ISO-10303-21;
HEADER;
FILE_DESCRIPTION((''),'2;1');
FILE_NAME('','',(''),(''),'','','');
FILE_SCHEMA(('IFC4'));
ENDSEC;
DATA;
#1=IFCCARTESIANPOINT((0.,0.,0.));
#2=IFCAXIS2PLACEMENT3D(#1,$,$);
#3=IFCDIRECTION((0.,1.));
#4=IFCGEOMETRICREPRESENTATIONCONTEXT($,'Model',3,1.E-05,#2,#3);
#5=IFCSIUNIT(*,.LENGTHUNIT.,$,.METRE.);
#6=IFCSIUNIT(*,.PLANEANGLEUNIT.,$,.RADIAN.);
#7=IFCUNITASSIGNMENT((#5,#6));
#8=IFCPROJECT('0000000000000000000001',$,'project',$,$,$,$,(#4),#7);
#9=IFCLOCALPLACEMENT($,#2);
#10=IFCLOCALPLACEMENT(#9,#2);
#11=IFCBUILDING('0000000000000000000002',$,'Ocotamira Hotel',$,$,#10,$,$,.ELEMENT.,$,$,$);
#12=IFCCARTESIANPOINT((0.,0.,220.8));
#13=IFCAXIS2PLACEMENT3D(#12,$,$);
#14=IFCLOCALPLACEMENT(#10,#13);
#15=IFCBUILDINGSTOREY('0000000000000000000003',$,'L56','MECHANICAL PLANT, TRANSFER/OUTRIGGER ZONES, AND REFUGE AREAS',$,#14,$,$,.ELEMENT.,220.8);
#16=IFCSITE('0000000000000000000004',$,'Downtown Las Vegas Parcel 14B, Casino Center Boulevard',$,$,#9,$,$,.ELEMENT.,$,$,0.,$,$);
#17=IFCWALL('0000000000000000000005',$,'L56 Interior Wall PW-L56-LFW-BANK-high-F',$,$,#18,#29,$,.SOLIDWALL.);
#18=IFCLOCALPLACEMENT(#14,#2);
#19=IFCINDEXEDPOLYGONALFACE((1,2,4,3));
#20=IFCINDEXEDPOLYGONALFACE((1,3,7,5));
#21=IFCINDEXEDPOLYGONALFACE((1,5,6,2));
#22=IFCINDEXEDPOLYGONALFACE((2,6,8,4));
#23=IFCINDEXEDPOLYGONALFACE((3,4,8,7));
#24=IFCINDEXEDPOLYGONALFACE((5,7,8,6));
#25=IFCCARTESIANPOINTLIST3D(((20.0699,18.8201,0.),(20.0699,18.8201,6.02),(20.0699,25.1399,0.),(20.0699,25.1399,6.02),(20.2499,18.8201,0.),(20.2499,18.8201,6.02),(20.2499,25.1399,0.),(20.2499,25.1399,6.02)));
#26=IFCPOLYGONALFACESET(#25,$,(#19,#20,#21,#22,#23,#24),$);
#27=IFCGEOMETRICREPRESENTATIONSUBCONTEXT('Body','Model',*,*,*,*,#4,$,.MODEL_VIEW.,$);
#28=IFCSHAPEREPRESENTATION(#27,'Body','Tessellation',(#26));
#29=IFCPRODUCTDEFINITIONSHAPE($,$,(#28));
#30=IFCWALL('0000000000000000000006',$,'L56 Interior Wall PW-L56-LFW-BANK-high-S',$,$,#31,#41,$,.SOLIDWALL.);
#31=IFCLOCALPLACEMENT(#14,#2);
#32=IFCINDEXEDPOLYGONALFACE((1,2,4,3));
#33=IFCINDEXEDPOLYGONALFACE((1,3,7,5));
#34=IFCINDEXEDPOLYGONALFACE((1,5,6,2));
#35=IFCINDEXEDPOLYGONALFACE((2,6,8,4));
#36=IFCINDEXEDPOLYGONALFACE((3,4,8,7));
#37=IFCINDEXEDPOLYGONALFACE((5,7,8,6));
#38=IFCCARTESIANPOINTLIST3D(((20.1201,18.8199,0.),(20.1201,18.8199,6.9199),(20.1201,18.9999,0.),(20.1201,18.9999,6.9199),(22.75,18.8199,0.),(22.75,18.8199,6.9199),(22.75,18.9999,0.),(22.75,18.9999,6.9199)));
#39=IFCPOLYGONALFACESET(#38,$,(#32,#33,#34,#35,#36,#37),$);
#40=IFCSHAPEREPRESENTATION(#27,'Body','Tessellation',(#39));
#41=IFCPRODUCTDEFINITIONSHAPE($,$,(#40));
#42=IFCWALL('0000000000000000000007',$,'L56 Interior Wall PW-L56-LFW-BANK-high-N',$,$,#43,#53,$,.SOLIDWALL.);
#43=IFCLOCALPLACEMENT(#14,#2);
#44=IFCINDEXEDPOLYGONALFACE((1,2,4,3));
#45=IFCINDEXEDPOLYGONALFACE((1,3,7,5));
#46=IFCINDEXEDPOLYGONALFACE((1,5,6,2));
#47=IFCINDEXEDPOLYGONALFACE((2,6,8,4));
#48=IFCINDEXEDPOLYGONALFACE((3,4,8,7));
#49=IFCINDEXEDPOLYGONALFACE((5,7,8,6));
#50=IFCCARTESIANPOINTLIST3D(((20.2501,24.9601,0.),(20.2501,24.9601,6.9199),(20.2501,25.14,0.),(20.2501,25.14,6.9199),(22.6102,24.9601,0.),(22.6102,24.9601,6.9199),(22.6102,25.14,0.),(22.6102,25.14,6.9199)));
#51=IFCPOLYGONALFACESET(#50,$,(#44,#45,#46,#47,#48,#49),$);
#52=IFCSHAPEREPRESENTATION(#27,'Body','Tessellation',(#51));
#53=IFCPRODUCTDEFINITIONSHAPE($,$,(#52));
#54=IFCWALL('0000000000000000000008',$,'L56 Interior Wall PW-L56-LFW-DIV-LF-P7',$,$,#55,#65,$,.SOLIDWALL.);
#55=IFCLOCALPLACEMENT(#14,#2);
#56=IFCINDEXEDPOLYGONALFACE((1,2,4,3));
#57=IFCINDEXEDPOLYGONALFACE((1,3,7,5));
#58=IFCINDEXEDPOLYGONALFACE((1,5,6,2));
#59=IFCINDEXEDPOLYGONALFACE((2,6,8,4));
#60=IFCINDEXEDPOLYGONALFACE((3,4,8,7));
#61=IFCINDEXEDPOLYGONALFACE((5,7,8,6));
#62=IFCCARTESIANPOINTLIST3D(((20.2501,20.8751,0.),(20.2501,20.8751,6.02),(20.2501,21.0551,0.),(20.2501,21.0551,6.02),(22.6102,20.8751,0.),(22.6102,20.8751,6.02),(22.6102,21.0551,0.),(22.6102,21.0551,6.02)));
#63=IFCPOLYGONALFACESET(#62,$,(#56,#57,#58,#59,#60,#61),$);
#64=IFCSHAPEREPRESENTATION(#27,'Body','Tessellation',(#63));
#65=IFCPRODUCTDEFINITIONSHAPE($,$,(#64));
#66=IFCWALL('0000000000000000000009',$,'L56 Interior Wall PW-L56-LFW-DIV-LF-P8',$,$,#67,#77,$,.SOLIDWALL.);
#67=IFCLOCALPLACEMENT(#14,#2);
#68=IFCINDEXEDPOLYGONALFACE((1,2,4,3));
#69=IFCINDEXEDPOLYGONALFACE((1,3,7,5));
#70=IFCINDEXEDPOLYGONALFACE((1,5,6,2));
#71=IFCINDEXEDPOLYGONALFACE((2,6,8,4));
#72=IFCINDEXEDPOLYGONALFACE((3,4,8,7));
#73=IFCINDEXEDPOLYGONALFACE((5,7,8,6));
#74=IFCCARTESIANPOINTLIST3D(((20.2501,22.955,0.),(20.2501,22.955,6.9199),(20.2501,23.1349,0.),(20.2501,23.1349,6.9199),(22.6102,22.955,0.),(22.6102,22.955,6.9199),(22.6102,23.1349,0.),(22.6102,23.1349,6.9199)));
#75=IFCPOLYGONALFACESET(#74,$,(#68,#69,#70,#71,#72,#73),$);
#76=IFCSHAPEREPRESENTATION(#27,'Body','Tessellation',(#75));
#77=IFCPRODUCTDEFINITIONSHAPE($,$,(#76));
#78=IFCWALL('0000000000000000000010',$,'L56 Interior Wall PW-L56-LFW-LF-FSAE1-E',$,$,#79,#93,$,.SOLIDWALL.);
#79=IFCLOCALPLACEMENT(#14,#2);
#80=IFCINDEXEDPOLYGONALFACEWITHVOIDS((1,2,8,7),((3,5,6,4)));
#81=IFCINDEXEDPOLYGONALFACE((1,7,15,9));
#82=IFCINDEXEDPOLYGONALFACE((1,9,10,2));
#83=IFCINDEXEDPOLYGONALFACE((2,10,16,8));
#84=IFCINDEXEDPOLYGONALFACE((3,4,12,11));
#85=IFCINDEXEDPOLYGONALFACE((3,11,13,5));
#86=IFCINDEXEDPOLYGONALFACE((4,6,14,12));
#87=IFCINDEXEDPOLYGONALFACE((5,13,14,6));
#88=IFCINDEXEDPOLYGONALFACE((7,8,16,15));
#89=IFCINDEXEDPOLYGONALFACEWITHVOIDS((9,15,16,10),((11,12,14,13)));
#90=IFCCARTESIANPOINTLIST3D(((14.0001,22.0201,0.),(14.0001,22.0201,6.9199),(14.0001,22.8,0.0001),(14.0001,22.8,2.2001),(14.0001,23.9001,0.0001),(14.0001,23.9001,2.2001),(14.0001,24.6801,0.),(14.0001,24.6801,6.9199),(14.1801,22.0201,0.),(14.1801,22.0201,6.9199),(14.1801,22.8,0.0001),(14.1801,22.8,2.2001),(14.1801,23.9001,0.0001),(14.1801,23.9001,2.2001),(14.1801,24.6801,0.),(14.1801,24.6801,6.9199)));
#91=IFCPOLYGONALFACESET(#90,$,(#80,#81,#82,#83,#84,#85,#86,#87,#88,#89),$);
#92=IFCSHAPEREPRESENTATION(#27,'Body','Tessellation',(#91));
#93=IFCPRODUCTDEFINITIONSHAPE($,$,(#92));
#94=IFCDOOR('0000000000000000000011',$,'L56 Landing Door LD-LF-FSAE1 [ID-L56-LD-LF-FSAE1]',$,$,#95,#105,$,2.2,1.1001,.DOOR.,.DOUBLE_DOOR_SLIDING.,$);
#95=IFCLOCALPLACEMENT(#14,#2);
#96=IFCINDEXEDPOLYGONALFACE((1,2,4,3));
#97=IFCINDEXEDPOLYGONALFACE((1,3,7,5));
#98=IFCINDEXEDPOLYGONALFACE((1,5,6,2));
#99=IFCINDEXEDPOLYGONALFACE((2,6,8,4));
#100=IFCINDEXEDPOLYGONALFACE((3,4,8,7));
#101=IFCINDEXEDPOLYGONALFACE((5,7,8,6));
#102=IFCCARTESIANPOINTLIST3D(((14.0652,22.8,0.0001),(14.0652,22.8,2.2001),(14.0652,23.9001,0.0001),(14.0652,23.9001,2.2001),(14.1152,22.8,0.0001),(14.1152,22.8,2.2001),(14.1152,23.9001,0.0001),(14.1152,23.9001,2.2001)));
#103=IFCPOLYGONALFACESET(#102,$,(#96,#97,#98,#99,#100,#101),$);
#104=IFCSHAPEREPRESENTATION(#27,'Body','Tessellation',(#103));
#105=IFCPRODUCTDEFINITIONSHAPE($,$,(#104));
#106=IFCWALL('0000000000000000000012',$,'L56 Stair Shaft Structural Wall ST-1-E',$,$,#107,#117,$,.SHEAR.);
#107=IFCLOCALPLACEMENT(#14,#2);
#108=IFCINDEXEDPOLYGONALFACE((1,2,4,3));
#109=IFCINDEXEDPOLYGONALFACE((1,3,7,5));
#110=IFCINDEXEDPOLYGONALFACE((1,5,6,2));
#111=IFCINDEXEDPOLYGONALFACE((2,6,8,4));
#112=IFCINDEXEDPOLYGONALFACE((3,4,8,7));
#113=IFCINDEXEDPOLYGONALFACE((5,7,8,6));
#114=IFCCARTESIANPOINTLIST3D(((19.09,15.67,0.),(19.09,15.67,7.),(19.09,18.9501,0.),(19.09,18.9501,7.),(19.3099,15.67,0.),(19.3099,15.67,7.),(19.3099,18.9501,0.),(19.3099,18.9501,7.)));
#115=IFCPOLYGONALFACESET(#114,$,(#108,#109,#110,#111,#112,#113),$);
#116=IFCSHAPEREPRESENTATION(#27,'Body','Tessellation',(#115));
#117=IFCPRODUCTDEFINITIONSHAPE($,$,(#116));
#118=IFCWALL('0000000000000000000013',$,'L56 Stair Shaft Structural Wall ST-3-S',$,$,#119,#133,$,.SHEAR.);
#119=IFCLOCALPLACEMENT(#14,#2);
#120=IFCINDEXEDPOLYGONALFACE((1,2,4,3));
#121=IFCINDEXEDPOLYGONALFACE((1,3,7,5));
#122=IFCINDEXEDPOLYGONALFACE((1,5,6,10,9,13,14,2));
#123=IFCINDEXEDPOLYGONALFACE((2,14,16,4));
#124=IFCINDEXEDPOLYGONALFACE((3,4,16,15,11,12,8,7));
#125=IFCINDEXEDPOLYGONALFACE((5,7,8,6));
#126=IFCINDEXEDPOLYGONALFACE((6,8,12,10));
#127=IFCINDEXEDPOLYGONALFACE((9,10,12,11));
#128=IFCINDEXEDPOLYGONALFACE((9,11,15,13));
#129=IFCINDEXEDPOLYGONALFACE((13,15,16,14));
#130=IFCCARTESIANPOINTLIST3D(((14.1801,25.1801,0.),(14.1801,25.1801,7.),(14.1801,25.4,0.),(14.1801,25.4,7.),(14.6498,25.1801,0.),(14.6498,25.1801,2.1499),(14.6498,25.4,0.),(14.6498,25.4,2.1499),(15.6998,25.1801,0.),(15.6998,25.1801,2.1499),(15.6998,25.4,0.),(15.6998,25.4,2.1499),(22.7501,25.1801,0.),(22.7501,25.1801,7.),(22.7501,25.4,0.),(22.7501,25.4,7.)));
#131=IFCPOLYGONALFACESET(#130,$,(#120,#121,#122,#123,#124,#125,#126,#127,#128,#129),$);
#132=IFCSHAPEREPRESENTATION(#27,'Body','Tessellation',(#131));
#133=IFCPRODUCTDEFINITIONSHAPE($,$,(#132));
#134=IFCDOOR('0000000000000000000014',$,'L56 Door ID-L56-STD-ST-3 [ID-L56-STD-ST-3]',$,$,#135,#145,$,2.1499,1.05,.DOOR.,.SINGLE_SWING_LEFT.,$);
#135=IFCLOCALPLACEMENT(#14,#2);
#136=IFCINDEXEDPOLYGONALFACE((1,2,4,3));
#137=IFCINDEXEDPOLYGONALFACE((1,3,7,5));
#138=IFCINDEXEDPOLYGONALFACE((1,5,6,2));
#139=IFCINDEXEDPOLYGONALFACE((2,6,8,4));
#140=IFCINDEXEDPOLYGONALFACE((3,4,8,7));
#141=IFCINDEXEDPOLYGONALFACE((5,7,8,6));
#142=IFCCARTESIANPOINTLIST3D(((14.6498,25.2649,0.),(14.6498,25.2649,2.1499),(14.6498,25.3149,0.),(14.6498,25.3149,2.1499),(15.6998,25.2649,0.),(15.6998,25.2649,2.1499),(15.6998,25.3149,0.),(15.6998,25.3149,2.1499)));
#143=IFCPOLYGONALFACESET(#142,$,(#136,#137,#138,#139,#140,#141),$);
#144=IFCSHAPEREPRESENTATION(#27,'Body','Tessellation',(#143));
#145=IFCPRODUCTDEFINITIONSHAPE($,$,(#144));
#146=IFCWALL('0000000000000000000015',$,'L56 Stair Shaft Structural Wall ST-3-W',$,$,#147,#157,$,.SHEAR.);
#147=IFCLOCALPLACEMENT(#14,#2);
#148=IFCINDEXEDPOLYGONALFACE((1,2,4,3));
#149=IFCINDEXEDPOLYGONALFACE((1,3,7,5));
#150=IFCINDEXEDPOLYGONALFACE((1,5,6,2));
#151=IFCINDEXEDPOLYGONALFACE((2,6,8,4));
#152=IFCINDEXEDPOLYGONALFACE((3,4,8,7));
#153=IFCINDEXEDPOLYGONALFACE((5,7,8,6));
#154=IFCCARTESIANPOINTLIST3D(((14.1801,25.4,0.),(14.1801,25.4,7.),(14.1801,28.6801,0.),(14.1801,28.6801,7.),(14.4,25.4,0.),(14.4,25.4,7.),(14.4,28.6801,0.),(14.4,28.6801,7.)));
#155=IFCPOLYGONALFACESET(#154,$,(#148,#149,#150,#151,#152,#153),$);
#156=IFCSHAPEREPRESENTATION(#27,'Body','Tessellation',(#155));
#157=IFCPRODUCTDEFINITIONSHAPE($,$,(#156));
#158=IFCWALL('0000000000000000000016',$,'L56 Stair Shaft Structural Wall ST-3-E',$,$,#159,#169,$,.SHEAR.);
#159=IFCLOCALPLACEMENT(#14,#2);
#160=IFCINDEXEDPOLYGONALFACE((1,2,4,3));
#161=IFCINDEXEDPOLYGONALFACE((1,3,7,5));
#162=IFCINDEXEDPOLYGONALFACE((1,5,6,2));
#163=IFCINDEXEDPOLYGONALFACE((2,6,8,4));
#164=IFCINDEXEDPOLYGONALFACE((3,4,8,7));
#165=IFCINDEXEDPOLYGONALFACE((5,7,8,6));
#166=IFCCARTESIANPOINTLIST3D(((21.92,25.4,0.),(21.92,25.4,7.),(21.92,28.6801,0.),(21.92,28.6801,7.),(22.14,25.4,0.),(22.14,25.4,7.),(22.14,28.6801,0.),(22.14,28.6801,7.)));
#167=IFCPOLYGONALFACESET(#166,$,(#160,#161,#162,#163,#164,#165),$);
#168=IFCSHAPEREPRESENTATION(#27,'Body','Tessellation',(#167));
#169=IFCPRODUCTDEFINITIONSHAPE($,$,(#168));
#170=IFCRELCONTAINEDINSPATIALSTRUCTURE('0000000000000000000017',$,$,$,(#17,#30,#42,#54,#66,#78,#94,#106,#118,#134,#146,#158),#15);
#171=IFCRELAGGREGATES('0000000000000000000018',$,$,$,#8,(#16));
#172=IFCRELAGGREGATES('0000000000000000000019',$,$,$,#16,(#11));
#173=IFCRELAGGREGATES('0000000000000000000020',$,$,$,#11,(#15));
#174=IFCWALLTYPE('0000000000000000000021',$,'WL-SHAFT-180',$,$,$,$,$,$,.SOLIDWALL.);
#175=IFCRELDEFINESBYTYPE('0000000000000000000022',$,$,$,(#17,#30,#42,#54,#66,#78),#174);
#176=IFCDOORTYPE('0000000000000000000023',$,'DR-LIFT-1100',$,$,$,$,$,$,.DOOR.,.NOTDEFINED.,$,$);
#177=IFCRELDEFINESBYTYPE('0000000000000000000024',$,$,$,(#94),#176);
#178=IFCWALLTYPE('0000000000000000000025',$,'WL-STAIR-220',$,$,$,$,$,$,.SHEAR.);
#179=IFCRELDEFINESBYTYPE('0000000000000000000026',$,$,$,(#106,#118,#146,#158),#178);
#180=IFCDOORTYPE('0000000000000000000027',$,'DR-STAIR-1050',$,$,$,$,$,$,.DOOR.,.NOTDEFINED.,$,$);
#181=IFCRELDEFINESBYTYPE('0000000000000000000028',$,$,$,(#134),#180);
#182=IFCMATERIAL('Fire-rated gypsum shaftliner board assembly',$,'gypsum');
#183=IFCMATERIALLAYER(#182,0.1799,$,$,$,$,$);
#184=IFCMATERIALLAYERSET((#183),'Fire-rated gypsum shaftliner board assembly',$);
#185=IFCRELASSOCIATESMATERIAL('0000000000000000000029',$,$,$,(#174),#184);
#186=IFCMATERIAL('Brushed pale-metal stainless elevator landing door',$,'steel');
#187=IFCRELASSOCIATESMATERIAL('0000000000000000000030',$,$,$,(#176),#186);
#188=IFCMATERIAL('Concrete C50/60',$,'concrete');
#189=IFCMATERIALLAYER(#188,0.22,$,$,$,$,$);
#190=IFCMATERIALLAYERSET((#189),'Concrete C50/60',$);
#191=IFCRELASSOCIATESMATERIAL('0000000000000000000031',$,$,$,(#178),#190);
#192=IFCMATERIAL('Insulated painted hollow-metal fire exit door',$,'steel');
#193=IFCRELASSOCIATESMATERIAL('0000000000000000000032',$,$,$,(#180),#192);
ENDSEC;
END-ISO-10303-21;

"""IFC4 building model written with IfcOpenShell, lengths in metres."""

from ifc_helpers import new_model, si_unit, direction, frame, frame_2d, origin, place, context, subcontext, project, spatial, rectangle, extrude, source, transform, mapped, material, layer, layer_set, type_object, element, fill, save


model = new_model("IFC4")

# Units and contexts
model_context = context("Model", 3, precision=1e-05, world=origin(), true_north=direction((0.0, 1.0)))
body_context = subcontext(model_context, "Body", "Model", "MODEL_VIEW")
ifc_project = project(units=[si_unit("LENGTHUNIT", "METRE"), si_unit("PLANEANGLEUNIT", "RADIAN")], contexts=[model_context])

# Site, building, storey
site_placement = place(None, origin())
site = spatial("IfcSite", under=ifc_project, at=site_placement, Name="Downtown Las Vegas Parcel 14B, Casino Center Boulevard", CompositionType="ELEMENT", RefElevation=0.0)
building_placement = place(site_placement, origin())
building = spatial("IfcBuilding", under=site, at=building_placement, Name="Ocotamira Hotel", CompositionType="ELEMENT")
storey_placement = place(building_placement, frame((0.0, 0.0, 220.8)))
storey = spatial("IfcBuildingStorey", under=building, at=storey_placement, Name="L56", Description="MECHANICAL PLANT, TRANSFER/OUTRIGGER ZONES, AND REFUGE AREAS", CompositionType="ELEMENT", Elevation=220.8)

# Shared definitions
ifc_material_1 = material(Name="Concrete C50/60", Category="concrete")

# Walls
ifc_material_2 = material(Name="Fire-rated gypsum shaftliner board assembly", Category="gypsum")
ifc_layer_1 = layer(ifc_material_2, 0.1799)
ifc_layer_set_1 = layer_set([ifc_layer_1], Name="Fire-rated gypsum shaftliner board assembly")
wall_type_1 = type_object("IfcWallType", Name="WL-SHAFT-180", PredefinedType="SOLIDWALL", material=ifc_layer_set_1)
wall_1_placement = place(storey_placement, frame((20.1599, 18.8201, 0.0), z_axis=(0.0, 0.0, 1.0), x_axis=(0.0, 1.0, 0.0)))
element("IfcWall", 1, at=wall_1_placement, inside=storey, type_object=wall_type_1, Name="L56 Interior Wall PW-L56-LFW-BANK-high-F", PredefinedType="SOLIDWALL", context=body_context, shape_type="SweptSolid", body=[
    extrude(rectangle(XDim=6.3198, YDim=0.1799, at=frame_2d((3.1599, 0.0))), origin(), (0.0, 0.0, 1.0), 6.02),
])
wall_2_placement = place(storey_placement, frame((20.1201, 18.9099, 0.0), z_axis=(0.0, 0.0, 1.0), x_axis=(1.0, 0.0, 0.0)))
element("IfcWall", 2, at=wall_2_placement, inside=storey, type_object=wall_type_1, Name="L56 Interior Wall PW-L56-LFW-BANK-high-S", PredefinedType="SOLIDWALL", context=body_context, shape_type="SweptSolid", body=[
    extrude(rectangle(XDim=2.6299, YDim=0.1799, at=frame_2d((1.3149, 0.0))), origin(), (0.0, 0.0, 1.0), 6.9199),
])
wall_3_placement = place(storey_placement, frame((20.25, 25.05, 0.0), z_axis=(0.0, 0.0, 1.0), x_axis=(1.0, 0.0, 0.0)))
element("IfcWall", 3, at=wall_3_placement, inside=storey, type_object=wall_type_1, Name="L56 Interior Wall PW-L56-LFW-BANK-high-N", PredefinedType="SOLIDWALL", context=body_context, shape_type="SweptSolid", body=[
    extrude(rectangle(XDim=2.3601, YDim=0.1799, at=frame_2d((1.1802, 0.0))), origin(), (0.0, 0.0, 1.0), 6.9199),
])
wall_4_placement = place(storey_placement, frame((20.25, 20.9651, 0.0), z_axis=(0.0, 0.0, 1.0), x_axis=(1.0, 0.0, 0.0)))
element("IfcWall", 4, at=wall_4_placement, inside=storey, type_object=wall_type_1, Name="L56 Interior Wall PW-L56-LFW-DIV-LF-P7", PredefinedType="SOLIDWALL", context=body_context, shape_type="SweptSolid", body=[
    extrude(rectangle(XDim=2.3601, YDim=0.1799, at=frame_2d((1.1802, 0.0))), origin(), (0.0, 0.0, 1.0), 6.02),
])
wall_5_placement = place(storey_placement, frame((20.25, 23.0449, 0.0), z_axis=(0.0, 0.0, 1.0), x_axis=(1.0, 0.0, 0.0)))
element("IfcWall", 5, at=wall_5_placement, inside=storey, type_object=wall_type_1, Name="L56 Interior Wall PW-L56-LFW-DIV-LF-P8", PredefinedType="SOLIDWALL", context=body_context, shape_type="SweptSolid", body=[
    extrude(rectangle(XDim=2.3601, YDim=0.1799, at=frame_2d((1.1802, 0.0))), origin(), (0.0, 0.0, 1.0), 6.9199),
])

# Wall, opening, door
wall_6_placement = place(storey_placement, frame((14.0901, 22.02, 0.0), z_axis=(0.0, 0.0, 1.0), x_axis=(0.0, 1.0, 0.0)))
wall_6 = element("IfcWall", 6, at=wall_6_placement, inside=storey, type_object=wall_type_1, Name="L56 Interior Wall PW-L56-LFW-LF-FSAE1-E", PredefinedType="SOLIDWALL", context=body_context, shape_type="SweptSolid", body=[
    extrude(rectangle(XDim=2.6599, YDim=0.1799, at=frame_2d((1.3301, 0.0))), origin(), (0.0, 0.0, 1.0), 6.9199),
])
opening_1_placement = place(wall_6_placement, frame((0.78, 0.0, 0.0)))
opening_1 = element("IfcOpeningElement", 7, at=opening_1_placement, cuts=wall_6, PredefinedType="OPENING", context=body_context, shape_type="SweptSolid", body=[
    extrude(rectangle(XDim=1.1001, YDim=2.2, at=frame_2d((0.55, 1.1001))), frame((0.0, 0.1001, 0.0), z_axis=(0.0, -1.0, 0.0), x_axis=(1.0, 0.0, 0.0)), (0.0, 0.0, 1.0), 0.2),
])
ifc_material_3 = material(Name="Brushed pale-metal stainless elevator landing door", Category="steel")
door_type_1 = type_object("IfcDoorType", Name="DR-LIFT-1100", OperationType="NOTDEFINED", PredefinedType="DOOR", material=ifc_material_3)
shared_shape_1 = source(origin(), body_context, "Body", "SweptSolid", [
    extrude(rectangle(XDim=1.1001, YDim=2.2, at=frame_2d((0.55, 1.1001))), frame((0.0, 0.0249, 0.0), z_axis=(0.0, -1.0, 0.0), x_axis=(1.0, 0.0, 0.0)), (0.0, 0.0, 1.0), 0.05),
])
door_1_placement = place(opening_1_placement, origin())
door_1 = element("IfcDoor", 8, at=door_1_placement, inside=storey, type_object=door_type_1, Name="L56 Landing Door LD-LF-FSAE1 [ID-L56-LD-LF-FSAE1]", OperationType="DOUBLE_DOOR_SLIDING", OverallHeight=2.2, OverallWidth=1.1001, PredefinedType="DOOR", context=body_context, shape_type="MappedRepresentation", body=[
    mapped(shared_shape_1, transform((0.0, 0.0, 0.0), scale=1.0)),
])
fill(opening_1, door_1)

# Wall
ifc_layer_2 = layer(ifc_material_1, 0.22)
ifc_layer_set_2 = layer_set([ifc_layer_2], Name="Concrete C50/60")
wall_type_2 = type_object("IfcWallType", Name="WL-STAIR-220", PredefinedType="SHEAR", material=ifc_layer_set_2)
wall_7_placement = place(storey_placement, frame((19.2, 15.6699, 0.0), z_axis=(0.0, 0.0, 1.0), x_axis=(0.0, 1.0, 0.0)))
element("IfcWall", 9, at=wall_7_placement, inside=storey, type_object=wall_type_2, Name="L56 Stair Shaft Structural Wall ST-1-E", PredefinedType="SHEAR", context=body_context, shape_type="SweptSolid", body=[
    extrude(rectangle(XDim=3.28, YDim=0.22, at=frame_2d((1.6401, 0.0))), origin(), (0.0, 0.0, 1.0), 7.0),
])

# Wall, opening, door
wall_8_placement = place(storey_placement, frame((14.1799, 25.29, 0.0), z_axis=(0.0, 0.0, 1.0), x_axis=(1.0, 0.0, 0.0)))
wall_8 = element("IfcWall", 10, at=wall_8_placement, inside=storey, type_object=wall_type_2, Name="L56 Stair Shaft Structural Wall ST-3-S", PredefinedType="SHEAR", context=body_context, shape_type="SweptSolid", body=[
    extrude(rectangle(XDim=8.5701, YDim=0.22, at=frame_2d((4.2852, 0.0))), origin(), (0.0, 0.0, 1.0), 7.0),
])
opening_2_placement = place(wall_8_placement, frame((0.47, 0.0, 0.0)))
opening_2 = element("IfcOpeningElement", 11, at=opening_2_placement, cuts=wall_8, PredefinedType="OPENING", context=body_context, shape_type="SweptSolid", body=[
    extrude(rectangle(XDim=1.05, YDim=2.1499, at=frame_2d((0.5249, 1.075))), frame((0.0, 0.1201, 0.0), z_axis=(0.0, -1.0, 0.0), x_axis=(1.0, 0.0, 0.0)), (0.0, 0.0, 1.0), 0.24),
])
ifc_material_4 = material(Name="Insulated painted hollow-metal fire exit door", Category="steel")
door_type_2 = type_object("IfcDoorType", Name="DR-STAIR-1050", OperationType="NOTDEFINED", PredefinedType="DOOR", material=ifc_material_4)
shared_shape_2 = source(origin(), body_context, "Body", "SweptSolid", [
    extrude(rectangle(XDim=1.05, YDim=2.1499, at=frame_2d((0.5249, 1.075))), frame((0.0, 0.0249, 0.0), z_axis=(0.0, -1.0, 0.0), x_axis=(1.0, 0.0, 0.0)), (0.0, 0.0, 1.0), 0.05),
])
door_2_placement = place(opening_2_placement, origin())
door_2 = element("IfcDoor", 12, at=door_2_placement, inside=storey, type_object=door_type_2, Name="L56 Door ID-L56-STD-ST-3 [ID-L56-STD-ST-3]", OperationType="SINGLE_SWING_LEFT", OverallHeight=2.1499, OverallWidth=1.05, PredefinedType="DOOR", context=body_context, shape_type="MappedRepresentation", body=[
    mapped(shared_shape_2, transform((0.0, 0.0, 0.0), scale=1.0)),
])
fill(opening_2, door_2)

# Walls
for number, where, z_axis, x_axis, name in (
    (13, (14.29, 25.3999, 0.0), (0.0, 0.0, 1.0), (0.0, 1.0, 0.0), "L56 Stair Shaft Structural Wall ST-3-W"),
    (14, (22.03, 25.3999, 0.0), (0.0, 0.0, 1.0), (0.0, 1.0, 0.0), "L56 Stair Shaft Structural Wall ST-3-E"),
):
    element("IfcWall", number, at=place(storey_placement, frame(where, z_axis=z_axis, x_axis=x_axis)), inside=storey, type_object=wall_type_2, Name=name, PredefinedType="SHEAR", context=body_context, shape_type="SweptSolid", body=[
        extrude(rectangle(XDim=3.28, YDim=0.22, at=frame_2d((1.6401, 0.0))), origin(), (0.0, 0.0, 1.0), 7.0),
    ])

save(model, "model.ifc")
